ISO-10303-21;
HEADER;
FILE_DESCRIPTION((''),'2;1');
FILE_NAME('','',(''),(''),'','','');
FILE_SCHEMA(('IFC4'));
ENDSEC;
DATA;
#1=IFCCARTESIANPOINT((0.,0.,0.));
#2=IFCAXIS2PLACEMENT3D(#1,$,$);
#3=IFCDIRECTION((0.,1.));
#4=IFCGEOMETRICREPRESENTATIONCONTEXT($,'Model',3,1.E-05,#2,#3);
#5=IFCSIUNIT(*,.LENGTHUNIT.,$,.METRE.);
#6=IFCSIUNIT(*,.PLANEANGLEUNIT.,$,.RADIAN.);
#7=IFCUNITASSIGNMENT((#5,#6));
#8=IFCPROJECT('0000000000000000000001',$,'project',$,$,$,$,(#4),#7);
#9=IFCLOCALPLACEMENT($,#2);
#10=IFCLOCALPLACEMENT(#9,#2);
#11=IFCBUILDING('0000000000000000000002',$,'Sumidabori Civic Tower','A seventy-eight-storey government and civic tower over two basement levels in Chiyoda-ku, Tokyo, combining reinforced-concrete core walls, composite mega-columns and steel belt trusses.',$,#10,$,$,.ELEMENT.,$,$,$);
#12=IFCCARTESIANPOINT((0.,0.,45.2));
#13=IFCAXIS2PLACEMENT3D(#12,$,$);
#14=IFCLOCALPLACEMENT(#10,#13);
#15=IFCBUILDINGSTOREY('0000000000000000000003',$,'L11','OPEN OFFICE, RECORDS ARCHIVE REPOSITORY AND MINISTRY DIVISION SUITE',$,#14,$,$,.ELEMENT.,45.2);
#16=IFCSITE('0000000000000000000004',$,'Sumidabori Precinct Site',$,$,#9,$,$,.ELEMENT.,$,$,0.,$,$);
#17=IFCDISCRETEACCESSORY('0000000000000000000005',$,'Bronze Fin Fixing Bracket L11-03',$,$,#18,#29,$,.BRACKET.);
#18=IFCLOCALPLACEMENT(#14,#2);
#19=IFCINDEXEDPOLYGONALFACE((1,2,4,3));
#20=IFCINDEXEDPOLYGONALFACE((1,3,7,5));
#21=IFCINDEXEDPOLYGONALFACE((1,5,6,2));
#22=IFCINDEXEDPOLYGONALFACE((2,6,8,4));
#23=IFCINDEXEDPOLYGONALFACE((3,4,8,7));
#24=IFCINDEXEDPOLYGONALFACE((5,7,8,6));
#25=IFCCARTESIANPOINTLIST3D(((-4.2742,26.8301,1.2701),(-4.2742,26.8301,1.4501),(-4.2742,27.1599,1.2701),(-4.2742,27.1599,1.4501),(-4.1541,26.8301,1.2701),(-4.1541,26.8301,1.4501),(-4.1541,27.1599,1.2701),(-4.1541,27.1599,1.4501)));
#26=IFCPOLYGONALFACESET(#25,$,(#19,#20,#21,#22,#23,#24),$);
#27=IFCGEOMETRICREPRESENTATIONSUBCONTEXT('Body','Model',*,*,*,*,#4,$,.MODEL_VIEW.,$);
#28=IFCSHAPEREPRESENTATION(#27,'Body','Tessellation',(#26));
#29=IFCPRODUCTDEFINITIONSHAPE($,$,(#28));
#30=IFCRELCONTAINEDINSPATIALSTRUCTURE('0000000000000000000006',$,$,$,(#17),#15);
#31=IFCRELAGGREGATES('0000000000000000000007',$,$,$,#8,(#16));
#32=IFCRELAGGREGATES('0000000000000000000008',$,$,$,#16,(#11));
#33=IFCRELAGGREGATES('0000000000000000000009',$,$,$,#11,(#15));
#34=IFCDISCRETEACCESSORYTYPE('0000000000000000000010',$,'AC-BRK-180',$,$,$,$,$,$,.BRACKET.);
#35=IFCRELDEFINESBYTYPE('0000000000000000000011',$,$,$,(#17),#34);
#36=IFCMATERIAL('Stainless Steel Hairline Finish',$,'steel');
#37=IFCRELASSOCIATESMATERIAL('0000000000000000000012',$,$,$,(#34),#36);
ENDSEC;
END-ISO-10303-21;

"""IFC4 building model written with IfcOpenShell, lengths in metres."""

from ifc_helpers import new_model, si_unit, direction, frame, origin, origin_2d, place, context, subcontext, project, spatial, rectangle, extrude, source, transform, mapped, material, material_profile, profile_set, type_object, element, save


model = new_model("IFC4")

# Units and contexts
model_context = context("Model", 3, precision=1e-05, world=origin(), true_north=direction((0.0, 1.0)))
body_context = subcontext(model_context, "Body", "Model", "MODEL_VIEW")
ifc_project = project(units=[si_unit("LENGTHUNIT", "METRE"), si_unit("PLANEANGLEUNIT", "RADIAN")], contexts=[model_context])

# Site, building, storey
site_placement = place(None, origin())
site = spatial("IfcSite", under=ifc_project, at=site_placement, Name="Sumidabori Precinct Site", CompositionType="ELEMENT", RefElevation=0.0)
building_placement = place(site_placement, origin())
building = spatial("IfcBuilding", under=site, at=building_placement, Name="Sumidabori Civic Tower", Description="A seventy-eight-storey government and civic tower over two basement levels in Chiyoda-ku, Tokyo, combining reinforced-concrete core walls, composite mega-columns and steel belt trusses.", CompositionType="ELEMENT")
storey_placement = place(building_placement, frame((0.0, 0.0, 45.2)))
storey = spatial("IfcBuildingStorey", under=building, at=storey_placement, Name="L11", Description="OPEN OFFICE, RECORDS ARCHIVE REPOSITORY AND MINISTRY DIVISION SUITE", CompositionType="ELEMENT", Elevation=45.2)

# Shared definitions
ifc_material_1 = material(Name="Stainless Steel Hairline Finish", Category="steel")

# Discrete accessory
ifc_material_profile_1 = material_profile(ifc_material_1, rectangle(XDim=0.1201, YDim=0.1799, at=origin_2d()), Name="STEEL BRACKET 180x120")
ifc_profile_set_1 = profile_set([ifc_material_profile_1], Name="Stainless Steel Hairline Finish")
discrete_accessory_type = type_object("IfcDiscreteAccessoryType", Name="AC-BRK-180", PredefinedType="BRACKET", material=ifc_profile_set_1)
shared_shape_1 = source(origin(), body_context, "Body", "SweptSolid", [
    extrude(rectangle(XDim=0.1201, YDim=0.1799, at=origin_2d()), origin(), (0.0, 0.0, 1.0), 0.3298),
])
discrete_accessory_placement = place(storey_placement, frame((-4.2141, 26.8301, 1.3601), z_axis=(0.0, 1.0, 0.0), x_axis=(-1.0, 0.0, 0.0)))
element("IfcDiscreteAccessory", 1, at=discrete_accessory_placement, inside=storey, type_object=discrete_accessory_type, Name="Bronze Fin Fixing Bracket L11-03", PredefinedType="BRACKET", context=body_context, shape_type="MappedRepresentation", body=[
    mapped(shared_shape_1, transform((0.0, 0.0, 0.0), x_axis=(1.0, 0.0, 0.0), y_axis=(0.0, 1.0, 0.0), z_axis=(0.0, 0.0, 1.0), scale=1.0)),
])

save(model, "model.ifc")
